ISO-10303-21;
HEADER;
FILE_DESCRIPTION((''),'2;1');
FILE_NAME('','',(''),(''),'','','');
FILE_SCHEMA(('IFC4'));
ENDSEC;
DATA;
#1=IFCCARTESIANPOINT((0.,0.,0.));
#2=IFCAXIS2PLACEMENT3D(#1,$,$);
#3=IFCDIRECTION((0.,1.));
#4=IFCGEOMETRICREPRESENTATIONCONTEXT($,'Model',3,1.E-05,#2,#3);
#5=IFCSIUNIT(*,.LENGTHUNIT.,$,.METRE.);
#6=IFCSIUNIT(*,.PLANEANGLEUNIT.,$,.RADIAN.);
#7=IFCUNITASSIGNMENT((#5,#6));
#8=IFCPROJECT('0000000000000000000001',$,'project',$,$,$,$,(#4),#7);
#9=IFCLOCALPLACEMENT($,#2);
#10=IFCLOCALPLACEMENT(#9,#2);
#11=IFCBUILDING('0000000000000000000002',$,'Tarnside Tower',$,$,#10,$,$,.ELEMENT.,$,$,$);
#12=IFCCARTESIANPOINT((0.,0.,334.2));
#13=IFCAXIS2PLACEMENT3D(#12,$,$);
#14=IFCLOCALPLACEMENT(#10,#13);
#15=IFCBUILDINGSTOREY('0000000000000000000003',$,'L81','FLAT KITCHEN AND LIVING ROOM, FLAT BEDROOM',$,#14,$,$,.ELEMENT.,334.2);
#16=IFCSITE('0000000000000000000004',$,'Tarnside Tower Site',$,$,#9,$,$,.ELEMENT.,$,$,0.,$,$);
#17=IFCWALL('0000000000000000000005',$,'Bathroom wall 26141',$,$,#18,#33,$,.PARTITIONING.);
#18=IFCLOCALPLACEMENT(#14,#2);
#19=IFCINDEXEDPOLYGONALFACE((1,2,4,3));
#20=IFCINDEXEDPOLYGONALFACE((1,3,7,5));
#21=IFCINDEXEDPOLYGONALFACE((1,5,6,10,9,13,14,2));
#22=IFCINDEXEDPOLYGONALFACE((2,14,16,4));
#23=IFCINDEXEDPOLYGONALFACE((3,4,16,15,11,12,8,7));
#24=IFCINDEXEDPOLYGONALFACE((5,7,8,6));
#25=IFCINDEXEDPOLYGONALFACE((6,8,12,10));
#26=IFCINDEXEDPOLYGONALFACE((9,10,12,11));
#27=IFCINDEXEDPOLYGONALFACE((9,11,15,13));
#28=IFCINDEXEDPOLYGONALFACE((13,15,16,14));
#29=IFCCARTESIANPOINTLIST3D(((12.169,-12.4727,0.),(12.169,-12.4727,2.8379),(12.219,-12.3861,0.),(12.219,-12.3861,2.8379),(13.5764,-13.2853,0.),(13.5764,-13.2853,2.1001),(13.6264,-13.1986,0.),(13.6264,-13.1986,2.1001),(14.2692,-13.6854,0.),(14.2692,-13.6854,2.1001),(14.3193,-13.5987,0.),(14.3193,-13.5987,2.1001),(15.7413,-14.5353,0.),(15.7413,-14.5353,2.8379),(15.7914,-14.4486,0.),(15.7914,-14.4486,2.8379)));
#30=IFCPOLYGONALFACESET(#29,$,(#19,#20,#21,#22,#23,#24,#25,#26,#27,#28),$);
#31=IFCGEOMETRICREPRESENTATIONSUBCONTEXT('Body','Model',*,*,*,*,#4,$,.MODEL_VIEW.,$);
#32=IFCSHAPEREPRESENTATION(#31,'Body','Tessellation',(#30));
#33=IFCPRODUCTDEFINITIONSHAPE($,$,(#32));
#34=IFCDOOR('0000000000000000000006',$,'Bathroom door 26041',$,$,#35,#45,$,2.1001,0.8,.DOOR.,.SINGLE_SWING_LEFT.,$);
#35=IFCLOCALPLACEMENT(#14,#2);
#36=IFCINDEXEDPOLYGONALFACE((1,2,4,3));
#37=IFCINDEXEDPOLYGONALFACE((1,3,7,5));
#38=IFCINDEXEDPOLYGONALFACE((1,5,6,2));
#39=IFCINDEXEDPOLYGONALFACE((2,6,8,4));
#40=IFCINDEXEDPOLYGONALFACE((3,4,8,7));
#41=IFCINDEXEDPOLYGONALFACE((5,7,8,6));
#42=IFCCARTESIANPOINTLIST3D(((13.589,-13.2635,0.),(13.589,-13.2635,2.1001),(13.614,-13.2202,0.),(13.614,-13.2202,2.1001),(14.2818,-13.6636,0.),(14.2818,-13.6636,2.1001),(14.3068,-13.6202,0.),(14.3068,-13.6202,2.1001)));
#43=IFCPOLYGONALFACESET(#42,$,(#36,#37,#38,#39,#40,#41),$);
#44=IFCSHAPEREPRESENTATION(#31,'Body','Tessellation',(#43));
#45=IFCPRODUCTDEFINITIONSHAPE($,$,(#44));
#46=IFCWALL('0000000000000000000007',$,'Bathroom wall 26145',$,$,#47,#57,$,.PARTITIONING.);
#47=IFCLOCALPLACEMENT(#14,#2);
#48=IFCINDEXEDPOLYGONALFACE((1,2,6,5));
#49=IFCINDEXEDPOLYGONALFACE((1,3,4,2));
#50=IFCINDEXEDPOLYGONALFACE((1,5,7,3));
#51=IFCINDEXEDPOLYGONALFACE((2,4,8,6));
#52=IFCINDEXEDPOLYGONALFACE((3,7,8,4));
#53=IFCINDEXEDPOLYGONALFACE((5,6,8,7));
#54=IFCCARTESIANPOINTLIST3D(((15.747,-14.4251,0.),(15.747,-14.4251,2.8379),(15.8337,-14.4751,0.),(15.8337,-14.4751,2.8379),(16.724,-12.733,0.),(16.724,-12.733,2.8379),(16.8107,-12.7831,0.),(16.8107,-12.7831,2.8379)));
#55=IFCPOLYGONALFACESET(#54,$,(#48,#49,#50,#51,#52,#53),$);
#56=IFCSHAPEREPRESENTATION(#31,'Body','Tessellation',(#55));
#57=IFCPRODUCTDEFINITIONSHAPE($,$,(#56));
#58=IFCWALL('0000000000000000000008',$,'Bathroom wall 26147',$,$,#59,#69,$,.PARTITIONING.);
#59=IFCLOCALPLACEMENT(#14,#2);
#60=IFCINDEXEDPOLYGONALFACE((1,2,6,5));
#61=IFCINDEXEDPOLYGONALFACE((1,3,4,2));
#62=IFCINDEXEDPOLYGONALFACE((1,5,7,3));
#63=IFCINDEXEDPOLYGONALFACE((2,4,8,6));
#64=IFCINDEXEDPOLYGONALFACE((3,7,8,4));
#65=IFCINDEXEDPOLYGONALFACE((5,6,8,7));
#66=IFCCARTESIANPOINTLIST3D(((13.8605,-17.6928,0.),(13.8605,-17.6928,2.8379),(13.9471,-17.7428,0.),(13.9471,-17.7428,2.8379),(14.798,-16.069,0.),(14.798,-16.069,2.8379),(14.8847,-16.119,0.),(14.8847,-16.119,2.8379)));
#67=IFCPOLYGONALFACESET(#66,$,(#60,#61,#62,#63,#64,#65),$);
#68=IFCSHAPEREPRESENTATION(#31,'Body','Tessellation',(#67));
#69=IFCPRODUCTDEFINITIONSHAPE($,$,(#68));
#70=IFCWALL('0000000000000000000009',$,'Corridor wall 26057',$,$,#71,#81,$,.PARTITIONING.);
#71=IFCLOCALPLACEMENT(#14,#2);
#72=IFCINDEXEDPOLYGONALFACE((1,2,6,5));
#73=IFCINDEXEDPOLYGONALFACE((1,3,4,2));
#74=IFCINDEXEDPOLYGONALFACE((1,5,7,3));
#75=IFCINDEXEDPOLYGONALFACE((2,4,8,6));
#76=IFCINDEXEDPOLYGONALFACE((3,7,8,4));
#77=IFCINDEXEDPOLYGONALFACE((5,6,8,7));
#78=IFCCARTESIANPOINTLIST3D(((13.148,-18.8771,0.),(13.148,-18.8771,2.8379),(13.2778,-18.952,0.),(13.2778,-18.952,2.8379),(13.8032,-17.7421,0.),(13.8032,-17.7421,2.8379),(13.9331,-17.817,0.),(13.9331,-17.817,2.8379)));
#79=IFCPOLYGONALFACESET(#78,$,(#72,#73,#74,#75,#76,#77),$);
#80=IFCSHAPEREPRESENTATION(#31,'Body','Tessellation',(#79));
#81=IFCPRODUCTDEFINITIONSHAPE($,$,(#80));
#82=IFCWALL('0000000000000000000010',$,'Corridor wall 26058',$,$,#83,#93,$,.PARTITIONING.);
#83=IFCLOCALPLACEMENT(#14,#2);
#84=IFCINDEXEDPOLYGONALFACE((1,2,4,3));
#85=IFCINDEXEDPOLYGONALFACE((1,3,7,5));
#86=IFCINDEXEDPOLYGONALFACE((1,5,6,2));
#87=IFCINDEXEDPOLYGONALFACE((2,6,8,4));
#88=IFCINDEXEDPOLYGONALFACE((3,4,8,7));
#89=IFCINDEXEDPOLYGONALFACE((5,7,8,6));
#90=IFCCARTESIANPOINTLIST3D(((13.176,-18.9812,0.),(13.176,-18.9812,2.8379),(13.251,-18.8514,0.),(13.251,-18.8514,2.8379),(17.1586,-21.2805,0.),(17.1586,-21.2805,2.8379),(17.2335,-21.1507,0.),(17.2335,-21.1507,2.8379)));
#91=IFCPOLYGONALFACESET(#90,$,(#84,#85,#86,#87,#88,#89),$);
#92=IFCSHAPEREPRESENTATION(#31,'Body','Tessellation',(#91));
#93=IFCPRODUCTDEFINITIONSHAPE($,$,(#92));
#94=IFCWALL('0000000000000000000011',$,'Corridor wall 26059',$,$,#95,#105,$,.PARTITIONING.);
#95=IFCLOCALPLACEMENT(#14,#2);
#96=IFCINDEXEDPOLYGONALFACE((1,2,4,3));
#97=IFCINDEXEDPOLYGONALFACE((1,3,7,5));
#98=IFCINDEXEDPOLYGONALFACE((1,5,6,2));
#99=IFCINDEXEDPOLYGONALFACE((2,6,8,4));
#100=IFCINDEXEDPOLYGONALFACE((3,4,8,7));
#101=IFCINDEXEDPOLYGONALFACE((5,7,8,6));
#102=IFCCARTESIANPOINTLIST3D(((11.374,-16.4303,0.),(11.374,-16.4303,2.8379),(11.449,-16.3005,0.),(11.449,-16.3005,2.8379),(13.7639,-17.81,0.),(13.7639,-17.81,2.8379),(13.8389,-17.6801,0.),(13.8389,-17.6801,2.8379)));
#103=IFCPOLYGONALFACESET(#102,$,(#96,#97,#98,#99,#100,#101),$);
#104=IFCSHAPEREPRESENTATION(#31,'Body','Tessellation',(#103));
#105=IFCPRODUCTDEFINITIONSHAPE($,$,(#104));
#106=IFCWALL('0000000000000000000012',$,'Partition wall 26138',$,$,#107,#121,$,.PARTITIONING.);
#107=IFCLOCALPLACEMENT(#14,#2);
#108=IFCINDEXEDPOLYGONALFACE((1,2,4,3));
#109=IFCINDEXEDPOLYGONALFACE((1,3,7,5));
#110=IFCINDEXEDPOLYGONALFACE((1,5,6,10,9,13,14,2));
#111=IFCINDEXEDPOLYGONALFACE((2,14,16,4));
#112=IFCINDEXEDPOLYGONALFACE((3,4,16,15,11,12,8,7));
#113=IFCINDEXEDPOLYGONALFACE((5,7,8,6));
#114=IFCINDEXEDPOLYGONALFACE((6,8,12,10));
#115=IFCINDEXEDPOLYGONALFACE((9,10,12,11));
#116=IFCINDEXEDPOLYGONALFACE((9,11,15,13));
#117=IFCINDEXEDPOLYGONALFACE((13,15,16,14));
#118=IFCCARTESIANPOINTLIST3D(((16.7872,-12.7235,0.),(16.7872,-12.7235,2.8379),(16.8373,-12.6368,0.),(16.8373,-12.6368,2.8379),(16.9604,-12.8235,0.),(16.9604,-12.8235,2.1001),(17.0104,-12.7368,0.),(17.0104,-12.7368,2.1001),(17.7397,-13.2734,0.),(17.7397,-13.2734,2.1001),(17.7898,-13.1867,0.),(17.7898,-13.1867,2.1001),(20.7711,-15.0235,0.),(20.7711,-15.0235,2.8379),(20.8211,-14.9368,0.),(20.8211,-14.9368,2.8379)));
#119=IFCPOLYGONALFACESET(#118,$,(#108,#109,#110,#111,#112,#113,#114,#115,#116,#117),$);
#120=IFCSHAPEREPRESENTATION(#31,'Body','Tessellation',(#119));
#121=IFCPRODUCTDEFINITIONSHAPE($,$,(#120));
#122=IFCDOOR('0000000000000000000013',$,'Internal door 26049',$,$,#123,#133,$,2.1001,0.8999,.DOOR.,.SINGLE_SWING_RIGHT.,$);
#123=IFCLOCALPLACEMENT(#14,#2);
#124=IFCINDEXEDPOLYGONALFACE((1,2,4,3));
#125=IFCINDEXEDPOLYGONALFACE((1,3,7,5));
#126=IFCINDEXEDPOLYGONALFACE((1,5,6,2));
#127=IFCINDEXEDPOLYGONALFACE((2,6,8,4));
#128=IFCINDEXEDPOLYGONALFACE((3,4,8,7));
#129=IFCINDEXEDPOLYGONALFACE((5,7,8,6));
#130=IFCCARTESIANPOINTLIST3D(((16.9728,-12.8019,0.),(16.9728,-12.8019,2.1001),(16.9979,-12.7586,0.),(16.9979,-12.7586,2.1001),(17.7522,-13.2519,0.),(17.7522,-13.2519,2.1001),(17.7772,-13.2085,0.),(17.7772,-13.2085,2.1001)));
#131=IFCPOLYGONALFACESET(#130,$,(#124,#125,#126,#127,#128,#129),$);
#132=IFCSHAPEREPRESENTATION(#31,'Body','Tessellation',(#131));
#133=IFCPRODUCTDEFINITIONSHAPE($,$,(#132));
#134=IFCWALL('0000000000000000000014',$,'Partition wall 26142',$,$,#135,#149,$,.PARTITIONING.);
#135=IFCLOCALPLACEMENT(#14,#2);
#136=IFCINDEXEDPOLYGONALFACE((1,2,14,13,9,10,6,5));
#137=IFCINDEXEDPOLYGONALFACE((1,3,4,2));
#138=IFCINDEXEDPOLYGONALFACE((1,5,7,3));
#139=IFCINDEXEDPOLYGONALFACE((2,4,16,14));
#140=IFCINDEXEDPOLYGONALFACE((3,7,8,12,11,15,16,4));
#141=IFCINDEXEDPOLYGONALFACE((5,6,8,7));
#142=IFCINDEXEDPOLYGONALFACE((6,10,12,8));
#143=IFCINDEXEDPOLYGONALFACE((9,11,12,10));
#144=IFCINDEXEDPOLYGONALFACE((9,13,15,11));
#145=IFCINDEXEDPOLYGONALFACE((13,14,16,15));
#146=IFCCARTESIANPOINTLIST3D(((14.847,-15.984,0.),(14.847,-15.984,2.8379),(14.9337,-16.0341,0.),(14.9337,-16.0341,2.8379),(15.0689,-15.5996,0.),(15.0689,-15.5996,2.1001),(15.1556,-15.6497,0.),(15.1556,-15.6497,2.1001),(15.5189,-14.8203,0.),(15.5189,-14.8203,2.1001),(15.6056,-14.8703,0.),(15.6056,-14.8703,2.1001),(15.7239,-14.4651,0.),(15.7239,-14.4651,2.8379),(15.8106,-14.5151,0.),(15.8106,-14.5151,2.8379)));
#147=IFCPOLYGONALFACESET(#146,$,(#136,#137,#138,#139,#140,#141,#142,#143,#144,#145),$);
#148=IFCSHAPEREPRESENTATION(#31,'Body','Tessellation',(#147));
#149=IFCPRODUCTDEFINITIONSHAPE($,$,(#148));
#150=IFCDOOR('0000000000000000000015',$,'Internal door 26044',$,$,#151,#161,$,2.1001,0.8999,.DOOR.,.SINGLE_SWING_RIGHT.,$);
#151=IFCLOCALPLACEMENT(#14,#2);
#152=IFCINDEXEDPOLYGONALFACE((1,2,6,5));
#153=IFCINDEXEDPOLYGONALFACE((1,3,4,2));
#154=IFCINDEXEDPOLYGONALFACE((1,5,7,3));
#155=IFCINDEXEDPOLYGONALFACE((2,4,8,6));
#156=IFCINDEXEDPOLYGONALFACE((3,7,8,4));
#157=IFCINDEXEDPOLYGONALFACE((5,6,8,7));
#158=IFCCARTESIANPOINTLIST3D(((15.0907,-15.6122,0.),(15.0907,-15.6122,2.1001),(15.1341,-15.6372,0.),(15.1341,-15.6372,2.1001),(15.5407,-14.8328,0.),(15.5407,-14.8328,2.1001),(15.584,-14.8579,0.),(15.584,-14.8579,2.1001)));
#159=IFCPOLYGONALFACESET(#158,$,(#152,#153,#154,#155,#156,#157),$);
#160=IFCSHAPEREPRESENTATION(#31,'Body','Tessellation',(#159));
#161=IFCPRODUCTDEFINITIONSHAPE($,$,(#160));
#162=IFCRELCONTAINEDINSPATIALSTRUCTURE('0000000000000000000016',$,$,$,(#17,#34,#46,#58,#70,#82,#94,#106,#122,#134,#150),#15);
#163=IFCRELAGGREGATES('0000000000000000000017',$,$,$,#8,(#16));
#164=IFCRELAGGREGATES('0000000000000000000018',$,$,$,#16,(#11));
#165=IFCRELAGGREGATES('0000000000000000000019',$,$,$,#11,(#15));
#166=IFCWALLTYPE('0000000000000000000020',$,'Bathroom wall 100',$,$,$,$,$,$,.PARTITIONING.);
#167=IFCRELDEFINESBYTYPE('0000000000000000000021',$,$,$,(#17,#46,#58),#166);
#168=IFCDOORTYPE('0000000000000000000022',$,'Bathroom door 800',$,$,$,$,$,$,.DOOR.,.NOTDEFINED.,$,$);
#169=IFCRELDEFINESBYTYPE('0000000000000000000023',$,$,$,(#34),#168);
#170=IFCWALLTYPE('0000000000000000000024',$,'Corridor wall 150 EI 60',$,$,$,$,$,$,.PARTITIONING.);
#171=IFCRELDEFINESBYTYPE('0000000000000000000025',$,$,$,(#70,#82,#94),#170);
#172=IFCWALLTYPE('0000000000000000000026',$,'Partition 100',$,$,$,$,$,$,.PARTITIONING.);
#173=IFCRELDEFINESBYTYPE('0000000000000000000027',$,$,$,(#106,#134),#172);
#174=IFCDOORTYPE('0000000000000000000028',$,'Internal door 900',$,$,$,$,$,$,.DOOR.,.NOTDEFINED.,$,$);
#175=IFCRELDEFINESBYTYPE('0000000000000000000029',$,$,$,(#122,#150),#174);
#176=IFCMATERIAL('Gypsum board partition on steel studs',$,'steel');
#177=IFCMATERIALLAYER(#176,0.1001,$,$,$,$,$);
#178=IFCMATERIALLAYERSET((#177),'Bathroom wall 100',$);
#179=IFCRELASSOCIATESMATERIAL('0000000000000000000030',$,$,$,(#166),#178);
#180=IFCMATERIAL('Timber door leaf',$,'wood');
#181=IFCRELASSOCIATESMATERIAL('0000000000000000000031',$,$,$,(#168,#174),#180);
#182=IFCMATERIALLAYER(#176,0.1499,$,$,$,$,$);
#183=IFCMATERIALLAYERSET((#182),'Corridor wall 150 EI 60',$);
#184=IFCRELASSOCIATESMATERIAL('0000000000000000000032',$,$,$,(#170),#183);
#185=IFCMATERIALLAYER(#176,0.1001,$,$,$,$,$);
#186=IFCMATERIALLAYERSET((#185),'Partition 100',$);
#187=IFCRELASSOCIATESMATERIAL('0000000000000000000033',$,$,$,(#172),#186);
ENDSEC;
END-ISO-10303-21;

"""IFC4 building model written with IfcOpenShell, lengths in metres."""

from ifc_helpers import new_model, si_unit, direction, frame, frame_2d, origin, place, context, subcontext, project, spatial, rectangle, extrude, material, layer, layer_set, type_object, element, fill, save


model = new_model("IFC4")

# Units and contexts
model_context = context("Model", 3, precision=1e-05, world=origin(), true_north=direction((0.0, 1.0)))
body_context = subcontext(model_context, "Body", "Model", "MODEL_VIEW")
ifc_project = project(units=[si_unit("LENGTHUNIT", "METRE"), si_unit("PLANEANGLEUNIT", "RADIAN")], contexts=[model_context])

# Site, building, storey
site_placement = place(None, origin())
site = spatial("IfcSite", under=ifc_project, at=site_placement, Name="Tarnside Tower Site", CompositionType="ELEMENT", RefElevation=0.0)
building_placement = place(site_placement, origin())
building = spatial("IfcBuilding", under=site, at=building_placement, Name="Tarnside Tower", CompositionType="ELEMENT")
storey_placement = place(building_placement, frame((0.0, 0.0, 334.2)))
storey = spatial("IfcBuildingStorey", under=building, at=storey_placement, Name="L81", Description="FLAT KITCHEN AND LIVING ROOM, FLAT BEDROOM", CompositionType="ELEMENT", Elevation=334.2)

# Wall, opening, door
ifc_material_1 = material(Name="Gypsum board partition on steel studs", Category="steel")
ifc_layer_1 = layer(ifc_material_1, 0.1001)
ifc_layer_set_1 = layer_set([ifc_layer_1], Name="Bathroom wall 100")
wall_type_1 = type_object("IfcWallType", Name="Bathroom wall 100", PredefinedType="PARTITIONING", material=ifc_layer_set_1)
wall_1_placement = place(storey_placement, frame((15.7664, -14.4919, 0.0), z_axis=(0.0, 0.0, 1.0), x_axis=(-0.86602, 0.500009, 0.0)))
wall_1 = element("IfcWall", 1, at=wall_1_placement, inside=storey, type_object=wall_type_1, Name="Bathroom wall 26141", PredefinedType="PARTITIONING", context=body_context, shape_type="SweptSolid", body=[
    extrude(rectangle(XDim=4.125, YDim=0.1001, at=frame_2d((2.0625, 0.0))), origin(), (0.0, 0.0, 1.0), 2.8379),
])
opening_1_placement = place(wall_1_placement, frame((1.7, 0.0, 0.0)))
opening_1 = element("IfcOpeningElement", 2, at=opening_1_placement, cuts=wall_1, PredefinedType="OPENING", context=body_context, shape_type="SweptSolid", body=[
    extrude(rectangle(XDim=0.8, YDim=2.1001, at=frame_2d((0.3999, 1.05))), frame((0.0, 0.0601, 0.0), z_axis=(0.0, -1.0, 0.0), x_axis=(1.0, 0.0, 0.0)), (0.0, 0.0, 1.0), 0.1201),
])
ifc_material_2 = material(Name="Timber door leaf", Category="wood")
door_type_1 = type_object("IfcDoorType", Name="Bathroom door 800", OperationType="NOTDEFINED", PredefinedType="DOOR", material=ifc_material_2)
door_1_placement = place(opening_1_placement, origin())
door_1 = element("IfcDoor", 3, at=door_1_placement, inside=storey, type_object=door_type_1, Name="Bathroom door 26041", OperationType="SINGLE_SWING_LEFT", OverallHeight=2.1001, OverallWidth=0.8, PredefinedType="DOOR", context=body_context, shape_type="SweptSolid", body=[
    extrude(rectangle(XDim=0.8, YDim=2.1001, at=frame_2d((0.3999, 1.05))), frame((0.0, 0.0249, 0.0), z_axis=(0.0, -1.0, 0.0), x_axis=(1.0, 0.0, 0.0)), (0.0, 0.0, 1.0), 0.05),
])
fill(opening_1, door_1)

# Walls
wall_2_placement = place(storey_placement, frame((15.7903, -14.4502, 0.0), z_axis=(0.0, 0.0, 1.0), x_axis=(0.500036, 0.866005, 0.0)))
element("IfcWall", 4, at=wall_2_placement, inside=storey, type_object=wall_type_1, Name="Bathroom wall 26145", PredefinedType="PARTITIONING", context=body_context, shape_type="SweptSolid", body=[
    extrude(rectangle(XDim=1.9539, YDim=0.1001, at=frame_2d((0.9771, 0.0))), origin(), (0.0, 0.0, 1.0), 2.8379),
])
wall_3_placement = place(storey_placement, frame((14.8413, -16.094, 0.0), z_axis=(0.0, 0.0, 1.0), x_axis=(-0.500004, -0.866023, 0.0)))
element("IfcWall", 5, at=wall_3_placement, inside=storey, type_object=wall_type_1, Name="Bathroom wall 26147", PredefinedType="PARTITIONING", context=body_context, shape_type="SweptSolid", body=[
    extrude(rectangle(XDim=1.875, YDim=0.1001, at=frame_2d((0.9375, 0.0))), origin(), (0.0, 0.0, 1.0), 2.8379),
])
ifc_layer_2 = layer(ifc_material_1, 0.1499)
ifc_layer_set_2 = layer_set([ifc_layer_2], Name="Corridor wall 150 EI 60")
wall_type_2 = type_object("IfcWallType", Name="Corridor wall 150 EI 60", PredefinedType="PARTITIONING", material=ifc_layer_set_2)
wall_4_placement = place(storey_placement, frame((13.2129, -18.9146, 0.0), z_axis=(0.0, 0.0, 1.0), x_axis=(0.499986, 0.866034, 0.0)))
element("IfcWall", 6, at=wall_4_placement, inside=storey, type_object=wall_type_2, Name="Corridor wall 26057", PredefinedType="PARTITIONING", context=body_context, shape_type="SweptSolid", body=[
    extrude(rectangle(XDim=1.3105, YDim=0.1499, at=frame_2d((0.6553, 0.0))), origin(), (0.0, 0.0, 1.0), 2.8379),
])
wall_5_placement = place(storey_placement, frame((17.196, -21.2156, 0.0), z_axis=(0.0, 0.0, 1.0), x_axis=(-0.866033, 0.499987, 0.0)))
element("IfcWall", 7, at=wall_5_placement, inside=storey, type_object=wall_type_2, Name="Corridor wall 26058", PredefinedType="PARTITIONING", context=body_context, shape_type="SweptSolid", body=[
    extrude(rectangle(XDim=4.5986, YDim=0.1499, at=frame_2d((2.2993, 0.0))), origin(), (0.0, 0.0, 1.0), 2.8379),
])
wall_6_placement = place(storey_placement, frame((13.8015, -17.7451, 0.0), z_axis=(0.0, 0.0, 1.0), x_axis=(-0.866052, 0.499955, 0.0)))
element("IfcWall", 8, at=wall_6_placement, inside=storey, type_object=wall_type_2, Name="Corridor wall 26059", PredefinedType="PARTITIONING", context=body_context, shape_type="SweptSolid", body=[
    extrude(rectangle(XDim=2.7595, YDim=0.1499, at=frame_2d((1.3799, 0.0))), origin(), (0.0, 0.0, 1.0), 2.8379),
])

# Walls, openings, doors
ifc_layer_3 = layer(ifc_material_1, 0.1001)
ifc_layer_set_3 = layer_set([ifc_layer_3], Name="Partition 100")
wall_type_3 = type_object("IfcWallType", Name="Partition 100", PredefinedType="PARTITIONING", material=ifc_layer_set_3)
wall_7_placement = place(storey_placement, frame((16.8123, -12.6802, 0.0), z_axis=(0.0, 0.0, 1.0), x_axis=(0.86603, -0.499992, 0.0)))
wall_7 = element("IfcWall", 9, at=wall_7_placement, inside=storey, type_object=wall_type_3, Name="Partition wall 26138", PredefinedType="PARTITIONING", context=body_context, shape_type="SweptSolid", body=[
    extrude(rectangle(XDim=4.6001, YDim=0.1001, at=frame_2d((2.3, 0.0))), origin(), (0.0, 0.0, 1.0), 2.8379),
])
opening_2_placement = place(wall_7_placement, frame((0.2, 0.0, 0.0)))
opening_2 = element("IfcOpeningElement", 10, at=opening_2_placement, cuts=wall_7, PredefinedType="OPENING", context=body_context, shape_type="SweptSolid", body=[
    extrude(rectangle(XDim=0.8999, YDim=2.1001, at=frame_2d((0.45, 1.05))), frame((0.0, 0.0601, 0.0), z_axis=(0.0, -1.0, 0.0), x_axis=(1.0, 0.0, 0.0)), (0.0, 0.0, 1.0), 0.1201),
])
door_type_2 = type_object("IfcDoorType", Name="Internal door 900", OperationType="NOTDEFINED", PredefinedType="DOOR", material=ifc_material_2)
door_2_placement = place(opening_2_placement, origin())
door_2 = element("IfcDoor", 11, at=door_2_placement, inside=storey, type_object=door_type_2, Name="Internal door 26049", OperationType="SINGLE_SWING_RIGHT", OverallHeight=2.1001, OverallWidth=0.8999, PredefinedType="DOOR", context=body_context, shape_type="SweptSolid", body=[
    extrude(rectangle(XDim=0.8999, YDim=2.1001, at=frame_2d((0.45, 1.05))), frame((0.0, 0.0249, 0.0), z_axis=(0.0, -1.0, 0.0), x_axis=(1.0, 0.0, 0.0)), (0.0, 0.0, 1.0), 0.05),
])
fill(opening_2, door_2)
wall_8_placement = place(storey_placement, frame((14.8904, -16.009, 0.0), z_axis=(0.0, 0.0, 1.0), x_axis=(0.499971, 0.866042, 0.0)))
wall_8 = element("IfcWall", 12, at=wall_8_placement, inside=storey, type_object=wall_type_3, Name="Partition wall 26142", PredefinedType="PARTITIONING", context=body_context, shape_type="SweptSolid", body=[
    extrude(rectangle(XDim=1.7539, YDim=0.1001, at=frame_2d((0.877, 0.0))), origin(), (0.0, 0.0, 1.0), 2.8379),
])
opening_3_placement = place(wall_8_placement, frame((0.4438, 0.0, 0.0)))
opening_3 = element("IfcOpeningElement", 13, at=opening_3_placement, cuts=wall_8, PredefinedType="OPENING", context=body_context, shape_type="SweptSolid", body=[
    extrude(rectangle(XDim=0.8999, YDim=2.1001, at=frame_2d((0.45, 1.05))), frame((0.0, 0.0601, 0.0), z_axis=(0.0, -1.0, 0.0), x_axis=(1.0, 0.0, 0.0)), (0.0, 0.0, 1.0), 0.1201),
])
door_3_placement = place(opening_3_placement, origin())
door_3 = element("IfcDoor", 14, at=door_3_placement, inside=storey, type_object=door_type_2, Name="Internal door 26044", OperationType="SINGLE_SWING_RIGHT", OverallHeight=2.1001, OverallWidth=0.8999, PredefinedType="DOOR", context=body_context, shape_type="SweptSolid", body=[
    extrude(rectangle(XDim=0.8999, YDim=2.1001, at=frame_2d((0.45, 1.05))), frame((0.0, 0.0249, 0.0), z_axis=(0.0, -1.0, 0.0), x_axis=(1.0, 0.0, 0.0)), (0.0, 0.0, 1.0), 0.05),
])
fill(opening_3, door_3)

save(model, "model.ifc")
